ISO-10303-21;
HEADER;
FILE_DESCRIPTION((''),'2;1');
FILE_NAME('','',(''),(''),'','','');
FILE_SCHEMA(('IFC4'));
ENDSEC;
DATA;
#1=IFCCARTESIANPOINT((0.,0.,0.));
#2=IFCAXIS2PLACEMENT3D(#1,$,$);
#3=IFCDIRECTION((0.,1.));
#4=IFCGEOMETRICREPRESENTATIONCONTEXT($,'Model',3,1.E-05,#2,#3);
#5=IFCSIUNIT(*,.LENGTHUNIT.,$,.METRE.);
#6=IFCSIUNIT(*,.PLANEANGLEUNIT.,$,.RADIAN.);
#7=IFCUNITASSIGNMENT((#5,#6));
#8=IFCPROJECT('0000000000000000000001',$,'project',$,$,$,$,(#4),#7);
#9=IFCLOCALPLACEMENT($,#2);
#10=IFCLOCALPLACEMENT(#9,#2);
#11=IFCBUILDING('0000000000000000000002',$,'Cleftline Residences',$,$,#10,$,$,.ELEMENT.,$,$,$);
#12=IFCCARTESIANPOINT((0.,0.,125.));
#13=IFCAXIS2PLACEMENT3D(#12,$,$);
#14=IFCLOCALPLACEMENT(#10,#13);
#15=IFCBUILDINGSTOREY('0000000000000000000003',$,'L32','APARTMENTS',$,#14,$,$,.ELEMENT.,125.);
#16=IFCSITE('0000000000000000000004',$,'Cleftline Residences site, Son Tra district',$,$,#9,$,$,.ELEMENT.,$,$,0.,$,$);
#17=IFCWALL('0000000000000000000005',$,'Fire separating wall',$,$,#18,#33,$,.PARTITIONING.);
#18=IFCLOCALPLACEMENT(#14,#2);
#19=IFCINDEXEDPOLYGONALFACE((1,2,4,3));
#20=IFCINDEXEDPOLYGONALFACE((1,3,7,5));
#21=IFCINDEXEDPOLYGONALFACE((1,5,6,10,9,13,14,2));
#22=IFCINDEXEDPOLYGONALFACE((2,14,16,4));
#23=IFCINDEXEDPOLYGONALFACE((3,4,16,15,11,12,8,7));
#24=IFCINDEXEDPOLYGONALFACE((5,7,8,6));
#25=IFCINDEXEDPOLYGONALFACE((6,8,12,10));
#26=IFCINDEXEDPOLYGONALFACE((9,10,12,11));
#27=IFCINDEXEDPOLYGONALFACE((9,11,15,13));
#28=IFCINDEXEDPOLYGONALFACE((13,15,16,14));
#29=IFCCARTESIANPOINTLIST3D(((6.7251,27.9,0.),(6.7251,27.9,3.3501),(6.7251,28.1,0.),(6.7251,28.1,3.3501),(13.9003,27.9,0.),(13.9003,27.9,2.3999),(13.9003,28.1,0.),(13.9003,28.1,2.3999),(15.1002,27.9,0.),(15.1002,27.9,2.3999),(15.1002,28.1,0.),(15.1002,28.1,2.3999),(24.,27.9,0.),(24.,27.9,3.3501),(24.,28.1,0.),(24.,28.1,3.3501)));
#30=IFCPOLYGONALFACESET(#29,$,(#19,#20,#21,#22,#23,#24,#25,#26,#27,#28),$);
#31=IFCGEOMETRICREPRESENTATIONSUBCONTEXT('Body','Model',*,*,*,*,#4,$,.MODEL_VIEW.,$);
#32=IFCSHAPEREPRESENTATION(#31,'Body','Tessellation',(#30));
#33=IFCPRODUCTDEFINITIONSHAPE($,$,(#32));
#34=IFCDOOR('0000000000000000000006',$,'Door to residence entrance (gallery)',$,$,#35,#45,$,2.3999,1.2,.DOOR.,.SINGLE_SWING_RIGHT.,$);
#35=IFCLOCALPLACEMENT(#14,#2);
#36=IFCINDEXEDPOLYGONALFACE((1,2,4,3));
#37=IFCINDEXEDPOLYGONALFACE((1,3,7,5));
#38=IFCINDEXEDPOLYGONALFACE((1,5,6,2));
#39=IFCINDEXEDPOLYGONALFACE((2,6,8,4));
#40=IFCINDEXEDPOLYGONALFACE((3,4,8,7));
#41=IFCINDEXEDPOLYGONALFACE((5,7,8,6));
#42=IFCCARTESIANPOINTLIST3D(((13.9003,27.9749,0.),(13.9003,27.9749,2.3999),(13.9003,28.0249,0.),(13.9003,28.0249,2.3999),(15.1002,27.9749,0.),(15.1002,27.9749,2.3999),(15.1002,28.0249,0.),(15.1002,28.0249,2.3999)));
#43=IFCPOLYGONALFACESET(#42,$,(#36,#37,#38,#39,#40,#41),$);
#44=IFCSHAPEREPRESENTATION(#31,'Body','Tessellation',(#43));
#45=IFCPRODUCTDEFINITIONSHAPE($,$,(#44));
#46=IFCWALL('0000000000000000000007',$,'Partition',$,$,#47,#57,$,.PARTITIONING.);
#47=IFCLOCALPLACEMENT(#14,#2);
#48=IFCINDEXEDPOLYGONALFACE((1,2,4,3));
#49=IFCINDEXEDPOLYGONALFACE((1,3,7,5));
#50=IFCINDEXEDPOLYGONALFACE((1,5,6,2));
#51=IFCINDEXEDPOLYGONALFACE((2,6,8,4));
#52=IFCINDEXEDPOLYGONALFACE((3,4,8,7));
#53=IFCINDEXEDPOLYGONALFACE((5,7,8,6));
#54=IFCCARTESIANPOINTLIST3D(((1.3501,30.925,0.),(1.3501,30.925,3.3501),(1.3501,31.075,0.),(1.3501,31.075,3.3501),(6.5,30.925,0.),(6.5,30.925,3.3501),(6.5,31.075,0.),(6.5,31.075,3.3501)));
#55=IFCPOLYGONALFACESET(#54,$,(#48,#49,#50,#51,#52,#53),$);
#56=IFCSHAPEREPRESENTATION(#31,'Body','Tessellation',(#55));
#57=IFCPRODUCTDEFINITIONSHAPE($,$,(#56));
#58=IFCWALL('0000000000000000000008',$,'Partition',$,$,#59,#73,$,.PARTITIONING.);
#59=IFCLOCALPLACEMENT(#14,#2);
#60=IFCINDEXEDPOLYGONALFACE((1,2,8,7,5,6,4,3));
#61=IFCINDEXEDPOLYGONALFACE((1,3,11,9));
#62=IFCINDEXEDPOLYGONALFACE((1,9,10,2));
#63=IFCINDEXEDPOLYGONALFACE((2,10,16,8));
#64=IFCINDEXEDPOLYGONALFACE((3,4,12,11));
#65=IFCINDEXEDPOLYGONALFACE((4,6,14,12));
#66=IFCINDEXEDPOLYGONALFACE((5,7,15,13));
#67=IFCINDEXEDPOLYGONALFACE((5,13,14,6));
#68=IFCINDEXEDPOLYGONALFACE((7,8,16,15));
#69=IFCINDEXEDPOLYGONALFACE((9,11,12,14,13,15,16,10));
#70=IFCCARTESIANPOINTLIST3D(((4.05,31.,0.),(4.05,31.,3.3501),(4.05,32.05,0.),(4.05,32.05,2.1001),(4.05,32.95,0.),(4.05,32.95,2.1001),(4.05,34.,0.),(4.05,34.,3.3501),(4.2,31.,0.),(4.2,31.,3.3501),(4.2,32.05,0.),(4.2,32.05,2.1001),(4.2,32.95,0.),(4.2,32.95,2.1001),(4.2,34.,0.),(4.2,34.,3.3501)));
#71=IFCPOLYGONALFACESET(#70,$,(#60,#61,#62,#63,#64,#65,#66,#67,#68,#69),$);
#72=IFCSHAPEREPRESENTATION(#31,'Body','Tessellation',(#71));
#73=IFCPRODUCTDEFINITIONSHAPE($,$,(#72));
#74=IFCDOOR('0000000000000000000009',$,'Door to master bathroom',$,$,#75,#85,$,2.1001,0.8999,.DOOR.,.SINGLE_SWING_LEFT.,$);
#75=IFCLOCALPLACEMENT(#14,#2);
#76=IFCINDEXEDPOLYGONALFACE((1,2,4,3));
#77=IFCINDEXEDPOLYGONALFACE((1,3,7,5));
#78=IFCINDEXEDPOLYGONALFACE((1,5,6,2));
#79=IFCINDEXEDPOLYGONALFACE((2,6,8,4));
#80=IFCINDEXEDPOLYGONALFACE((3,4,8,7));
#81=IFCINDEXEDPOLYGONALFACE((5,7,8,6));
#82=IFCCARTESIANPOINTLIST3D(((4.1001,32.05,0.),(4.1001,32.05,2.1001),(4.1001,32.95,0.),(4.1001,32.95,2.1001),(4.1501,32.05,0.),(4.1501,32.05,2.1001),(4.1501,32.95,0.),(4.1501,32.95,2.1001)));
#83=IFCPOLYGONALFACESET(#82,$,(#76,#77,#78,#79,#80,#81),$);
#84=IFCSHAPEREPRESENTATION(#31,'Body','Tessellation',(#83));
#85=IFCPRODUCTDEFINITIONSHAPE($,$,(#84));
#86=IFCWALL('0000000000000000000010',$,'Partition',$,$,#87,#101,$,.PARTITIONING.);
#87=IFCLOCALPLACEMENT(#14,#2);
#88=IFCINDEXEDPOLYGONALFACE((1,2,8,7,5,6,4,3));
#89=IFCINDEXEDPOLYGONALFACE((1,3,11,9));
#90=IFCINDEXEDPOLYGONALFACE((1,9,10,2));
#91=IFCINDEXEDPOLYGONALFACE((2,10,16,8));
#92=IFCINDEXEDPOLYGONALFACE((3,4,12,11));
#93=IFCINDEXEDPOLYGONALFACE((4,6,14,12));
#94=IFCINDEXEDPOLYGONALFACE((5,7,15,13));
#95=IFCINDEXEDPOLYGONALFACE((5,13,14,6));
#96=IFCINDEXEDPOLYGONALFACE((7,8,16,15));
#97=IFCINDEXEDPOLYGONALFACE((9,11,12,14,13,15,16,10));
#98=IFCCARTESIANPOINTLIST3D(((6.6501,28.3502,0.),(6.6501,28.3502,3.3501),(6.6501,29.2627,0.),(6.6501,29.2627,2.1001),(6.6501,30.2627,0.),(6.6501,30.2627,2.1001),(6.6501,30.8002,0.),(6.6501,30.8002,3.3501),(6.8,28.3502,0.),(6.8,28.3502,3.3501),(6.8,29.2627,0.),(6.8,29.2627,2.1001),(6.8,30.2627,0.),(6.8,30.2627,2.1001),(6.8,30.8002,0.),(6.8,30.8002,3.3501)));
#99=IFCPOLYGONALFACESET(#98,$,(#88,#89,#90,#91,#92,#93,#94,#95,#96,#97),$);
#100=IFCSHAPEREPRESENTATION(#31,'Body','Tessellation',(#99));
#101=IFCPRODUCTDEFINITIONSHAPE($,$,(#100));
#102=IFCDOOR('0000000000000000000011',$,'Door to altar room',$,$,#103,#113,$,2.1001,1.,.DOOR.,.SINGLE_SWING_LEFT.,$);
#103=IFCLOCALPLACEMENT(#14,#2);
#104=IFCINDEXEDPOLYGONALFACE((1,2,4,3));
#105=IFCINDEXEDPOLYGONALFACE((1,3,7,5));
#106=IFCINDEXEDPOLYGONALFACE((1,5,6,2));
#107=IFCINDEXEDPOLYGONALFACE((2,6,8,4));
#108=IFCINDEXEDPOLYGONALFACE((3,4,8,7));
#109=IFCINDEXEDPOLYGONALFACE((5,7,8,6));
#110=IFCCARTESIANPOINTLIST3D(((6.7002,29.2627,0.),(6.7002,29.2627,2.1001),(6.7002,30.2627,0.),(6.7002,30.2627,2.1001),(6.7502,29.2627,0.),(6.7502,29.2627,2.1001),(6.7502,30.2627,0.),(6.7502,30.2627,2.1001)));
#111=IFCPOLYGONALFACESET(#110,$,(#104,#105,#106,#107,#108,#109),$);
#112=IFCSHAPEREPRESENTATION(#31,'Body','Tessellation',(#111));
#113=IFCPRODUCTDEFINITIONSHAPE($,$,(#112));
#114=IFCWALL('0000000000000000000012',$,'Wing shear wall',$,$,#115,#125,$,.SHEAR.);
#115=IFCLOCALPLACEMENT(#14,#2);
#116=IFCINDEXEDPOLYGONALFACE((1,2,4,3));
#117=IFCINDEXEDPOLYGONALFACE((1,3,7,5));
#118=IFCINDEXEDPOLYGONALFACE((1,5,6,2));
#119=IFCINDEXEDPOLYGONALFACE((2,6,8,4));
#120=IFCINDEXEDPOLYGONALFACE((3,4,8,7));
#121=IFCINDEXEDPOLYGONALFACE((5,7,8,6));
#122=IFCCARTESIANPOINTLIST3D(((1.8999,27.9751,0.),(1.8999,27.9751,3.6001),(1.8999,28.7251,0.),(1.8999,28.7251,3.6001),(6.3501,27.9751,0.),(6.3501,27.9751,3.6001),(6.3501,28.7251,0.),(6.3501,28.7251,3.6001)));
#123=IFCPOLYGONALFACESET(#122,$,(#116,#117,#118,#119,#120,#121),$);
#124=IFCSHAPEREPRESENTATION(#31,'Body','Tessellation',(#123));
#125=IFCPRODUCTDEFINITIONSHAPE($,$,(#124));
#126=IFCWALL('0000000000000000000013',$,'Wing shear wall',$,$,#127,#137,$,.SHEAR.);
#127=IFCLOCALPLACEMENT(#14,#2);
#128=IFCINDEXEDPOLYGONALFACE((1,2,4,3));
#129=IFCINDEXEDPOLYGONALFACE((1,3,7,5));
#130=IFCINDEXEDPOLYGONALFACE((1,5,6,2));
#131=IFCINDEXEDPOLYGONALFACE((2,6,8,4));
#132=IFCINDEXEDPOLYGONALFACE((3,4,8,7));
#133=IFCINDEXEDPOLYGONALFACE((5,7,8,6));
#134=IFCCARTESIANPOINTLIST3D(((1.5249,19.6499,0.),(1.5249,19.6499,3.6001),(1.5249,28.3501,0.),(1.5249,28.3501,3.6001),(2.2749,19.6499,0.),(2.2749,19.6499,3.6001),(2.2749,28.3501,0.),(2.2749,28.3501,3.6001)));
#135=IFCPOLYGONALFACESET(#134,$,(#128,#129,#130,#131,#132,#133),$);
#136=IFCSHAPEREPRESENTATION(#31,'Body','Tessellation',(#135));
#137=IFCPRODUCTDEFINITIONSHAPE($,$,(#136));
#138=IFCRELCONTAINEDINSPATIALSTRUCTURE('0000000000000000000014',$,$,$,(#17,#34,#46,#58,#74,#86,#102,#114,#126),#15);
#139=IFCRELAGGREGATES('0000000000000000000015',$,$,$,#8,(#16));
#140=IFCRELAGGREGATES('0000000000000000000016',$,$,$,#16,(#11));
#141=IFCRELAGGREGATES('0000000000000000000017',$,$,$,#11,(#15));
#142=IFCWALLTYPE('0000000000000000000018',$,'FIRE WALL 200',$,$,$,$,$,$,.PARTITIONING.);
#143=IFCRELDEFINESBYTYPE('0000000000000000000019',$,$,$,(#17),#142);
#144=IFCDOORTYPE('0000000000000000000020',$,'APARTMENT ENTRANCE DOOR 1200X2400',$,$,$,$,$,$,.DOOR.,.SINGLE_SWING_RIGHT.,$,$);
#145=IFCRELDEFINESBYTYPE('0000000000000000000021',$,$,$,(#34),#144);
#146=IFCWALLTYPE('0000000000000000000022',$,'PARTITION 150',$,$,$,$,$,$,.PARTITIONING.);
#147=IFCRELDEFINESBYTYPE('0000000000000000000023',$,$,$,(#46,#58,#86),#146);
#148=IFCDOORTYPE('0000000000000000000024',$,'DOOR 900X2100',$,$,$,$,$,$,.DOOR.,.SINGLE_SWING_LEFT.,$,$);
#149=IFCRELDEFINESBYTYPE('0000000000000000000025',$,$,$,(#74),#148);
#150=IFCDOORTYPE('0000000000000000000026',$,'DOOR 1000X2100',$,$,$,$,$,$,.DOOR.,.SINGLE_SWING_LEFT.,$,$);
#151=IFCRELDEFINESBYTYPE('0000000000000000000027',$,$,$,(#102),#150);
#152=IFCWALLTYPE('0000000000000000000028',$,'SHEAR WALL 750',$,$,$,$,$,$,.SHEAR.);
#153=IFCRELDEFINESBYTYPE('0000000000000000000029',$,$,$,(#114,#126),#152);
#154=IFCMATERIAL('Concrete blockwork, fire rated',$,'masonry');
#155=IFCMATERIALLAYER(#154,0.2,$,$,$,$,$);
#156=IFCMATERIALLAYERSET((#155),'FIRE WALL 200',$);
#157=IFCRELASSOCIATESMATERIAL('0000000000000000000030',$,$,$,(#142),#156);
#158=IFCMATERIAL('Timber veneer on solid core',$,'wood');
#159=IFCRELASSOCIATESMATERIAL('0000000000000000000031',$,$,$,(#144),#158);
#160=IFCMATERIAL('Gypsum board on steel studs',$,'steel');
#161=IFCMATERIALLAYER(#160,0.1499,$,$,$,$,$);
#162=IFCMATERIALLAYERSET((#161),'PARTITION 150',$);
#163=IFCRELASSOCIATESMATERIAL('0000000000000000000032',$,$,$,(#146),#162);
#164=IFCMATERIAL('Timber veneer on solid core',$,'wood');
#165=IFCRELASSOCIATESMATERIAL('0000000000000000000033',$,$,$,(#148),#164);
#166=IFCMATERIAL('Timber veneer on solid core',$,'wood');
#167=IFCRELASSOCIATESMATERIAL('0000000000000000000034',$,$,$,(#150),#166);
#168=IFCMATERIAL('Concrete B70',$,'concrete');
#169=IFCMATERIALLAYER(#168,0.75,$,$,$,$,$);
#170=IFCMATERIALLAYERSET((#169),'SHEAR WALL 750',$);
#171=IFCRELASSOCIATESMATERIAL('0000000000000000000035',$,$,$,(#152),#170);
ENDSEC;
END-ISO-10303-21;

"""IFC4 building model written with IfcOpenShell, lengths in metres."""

from ifc_helpers import new_model, si_unit, direction, frame, frame_2d, origin, place, context, subcontext, project, spatial, rectangle, extrude, material, layer, layer_set, type_object, element, fill, save


model = new_model("IFC4")

# Units and contexts
model_context = context("Model", 3, precision=1e-05, world=origin(), true_north=direction((0.0, 1.0)))
body_context = subcontext(model_context, "Body", "Model", "MODEL_VIEW")
ifc_project = project(units=[si_unit("LENGTHUNIT", "METRE"), si_unit("PLANEANGLEUNIT", "RADIAN")], contexts=[model_context])

# Site, building, storey
site_placement = place(None, origin())
site = spatial("IfcSite", under=ifc_project, at=site_placement, Name="Cleftline Residences site, Son Tra district", CompositionType="ELEMENT", RefElevation=0.0)
building_placement = place(site_placement, origin())
building = spatial("IfcBuilding", under=site, at=building_placement, Name="Cleftline Residences", CompositionType="ELEMENT")
storey_placement = place(building_placement, frame((0.0, 0.0, 125.0)))
storey = spatial("IfcBuildingStorey", under=building, at=storey_placement, Name="L32", Description="APARTMENTS", CompositionType="ELEMENT", Elevation=125.0)

# Shared definitions
ifc_material_1 = material(Name="Concrete blockwork, fire rated", Category="masonry")
ifc_layer_1 = layer(ifc_material_1, 0.2)
ifc_layer_set_1 = layer_set([ifc_layer_1], Name="FIRE WALL 200")
wall_type_1 = type_object("IfcWallType", Name="FIRE WALL 200", PredefinedType="PARTITIONING", material=ifc_layer_set_1)

# Wall, opening, door
wall_1_placement = place(storey_placement, frame((6.7251, 28.0, 0.0), z_axis=(0.0, 0.0, 1.0), x_axis=(1.0, 0.0, 0.0)))
wall_1 = element("IfcWall", 1, at=wall_1_placement, inside=storey, type_object=wall_type_1, Name="Fire separating wall", PredefinedType="PARTITIONING", context=body_context, shape_type="SweptSolid", body=[
    extrude(rectangle(XDim=17.2749, YDim=0.2, at=frame_2d((8.6375, 0.0))), origin(), (0.0, 0.0, 1.0), 3.3501),
])
opening_1_placement = place(wall_1_placement, frame((7.175, 0.0, 0.0)))
opening_1 = element("IfcOpeningElement", 2, at=opening_1_placement, cuts=wall_1, PredefinedType="OPENING", context=body_context, shape_type="SweptSolid", body=[
    extrude(rectangle(XDim=1.2, YDim=2.3999, at=frame_2d((0.6001, 1.2))), frame((0.0, 0.1099, 0.0), z_axis=(0.0, -1.0, 0.0), x_axis=(1.0, 0.0, 0.0)), (0.0, 0.0, 1.0), 0.22),
])
ifc_material_2 = material(Name="Timber veneer on solid core", Category="wood")
door_type_1 = type_object("IfcDoorType", Name="APARTMENT ENTRANCE DOOR 1200X2400", OperationType="SINGLE_SWING_RIGHT", PredefinedType="DOOR", material=ifc_material_2)
door_1_placement = place(opening_1_placement, origin())
door_1 = element("IfcDoor", 3, at=door_1_placement, inside=storey, type_object=door_type_1, Name="Door to residence entrance (gallery)", OperationType="SINGLE_SWING_RIGHT", OverallHeight=2.3999, OverallWidth=1.2, PredefinedType="DOOR", context=body_context, shape_type="SweptSolid", body=[
    extrude(rectangle(XDim=1.2, YDim=2.3999, at=frame_2d((0.6001, 1.2))), frame((0.0, 0.0249, 0.0), z_axis=(0.0, -1.0, 0.0), x_axis=(1.0, 0.0, 0.0)), (0.0, 0.0, 1.0), 0.05),
])
fill(opening_1, door_1)

# Wall
ifc_material_3 = material(Name="Gypsum board on steel studs", Category="steel")
ifc_layer_2 = layer(ifc_material_3, 0.1499)
ifc_layer_set_2 = layer_set([ifc_layer_2], Name="PARTITION 150")
wall_type_2 = type_object("IfcWallType", Name="PARTITION 150", PredefinedType="PARTITIONING", material=ifc_layer_set_2)
wall_2_placement = place(storey_placement, frame((1.3501, 31.0, 0.0), z_axis=(0.0, 0.0, 1.0), x_axis=(1.0, 0.0, 0.0)))
element("IfcWall", 4, at=wall_2_placement, inside=storey, type_object=wall_type_2, Name="Partition", PredefinedType="PARTITIONING", context=body_context, shape_type="SweptSolid", body=[
    extrude(rectangle(XDim=5.1499, YDim=0.1499, at=frame_2d((2.575, 0.0))), origin(), (0.0, 0.0, 1.0), 3.3501),
])

# Walls, openings, doors
wall_3_placement = place(storey_placement, frame((4.125, 31.0, 0.0), z_axis=(0.0, 0.0, 1.0), x_axis=(0.0, 1.0, 0.0)))
wall_3 = element("IfcWall", 5, at=wall_3_placement, inside=storey, type_object=wall_type_2, Name="Partition", PredefinedType="PARTITIONING", context=body_context, shape_type="SweptSolid", body=[
    extrude(rectangle(XDim=3.0, YDim=0.1499, at=frame_2d((1.5, 0.0))), origin(), (0.0, 0.0, 1.0), 3.3501),
])
opening_2_placement = place(wall_3_placement, frame((1.05, 0.0, 0.0)))
opening_2 = element("IfcOpeningElement", 6, at=opening_2_placement, cuts=wall_3, PredefinedType="OPENING", context=body_context, shape_type="SweptSolid", body=[
    extrude(rectangle(XDim=0.8999, YDim=2.1001, at=frame_2d((0.45, 1.05))), frame((0.0, 0.085, 0.0), z_axis=(0.0, -1.0, 0.0), x_axis=(1.0, 0.0, 0.0)), (0.0, 0.0, 1.0), 0.1699),
])
ifc_material_4 = material(Name="Timber veneer on solid core", Category="wood")
door_type_2 = type_object("IfcDoorType", Name="DOOR 900X2100", OperationType="SINGLE_SWING_LEFT", PredefinedType="DOOR", material=ifc_material_4)
door_2_placement = place(opening_2_placement, origin())
door_2 = element("IfcDoor", 7, at=door_2_placement, inside=storey, type_object=door_type_2, Name="Door to master bathroom", OperationType="SINGLE_SWING_LEFT", OverallHeight=2.1001, OverallWidth=0.8999, PredefinedType="DOOR", context=body_context, shape_type="SweptSolid", body=[
    extrude(rectangle(XDim=0.8999, YDim=2.1001, at=frame_2d((0.45, 1.05))), frame((0.0, 0.0249, 0.0), z_axis=(0.0, -1.0, 0.0), x_axis=(1.0, 0.0, 0.0)), (0.0, 0.0, 1.0), 0.05),
])
fill(opening_2, door_2)
wall_4_placement = place(storey_placement, frame((6.7251, 28.3501, 0.0), z_axis=(0.0, 0.0, 1.0), x_axis=(0.0, 1.0, 0.0)))
wall_4 = element("IfcWall", 8, at=wall_4_placement, inside=storey, type_object=wall_type_2, Name="Partition", PredefinedType="PARTITIONING", context=body_context, shape_type="SweptSolid", body=[
    extrude(rectangle(XDim=2.45, YDim=0.1499, at=frame_2d((1.2251, 0.0))), origin(), (0.0, 0.0, 1.0), 3.3501),
])
opening_3_placement = place(wall_4_placement, frame((0.9126, 0.0, 0.0)))
opening_3 = element("IfcOpeningElement", 9, at=opening_3_placement, cuts=wall_4, PredefinedType="OPENING", context=body_context, shape_type="SweptSolid", body=[
    extrude(rectangle(XDim=1.0, YDim=2.1001, at=frame_2d((0.5, 1.05))), frame((0.0, 0.085, 0.0), z_axis=(0.0, -1.0, 0.0), x_axis=(1.0, 0.0, 0.0)), (0.0, 0.0, 1.0), 0.1699),
])
ifc_material_5 = material(Name="Timber veneer on solid core", Category="wood")
door_type_3 = type_object("IfcDoorType", Name="DOOR 1000X2100", OperationType="SINGLE_SWING_LEFT", PredefinedType="DOOR", material=ifc_material_5)
door_3_placement = place(opening_3_placement, origin())
door_3 = element("IfcDoor", 10, at=door_3_placement, inside=storey, type_object=door_type_3, Name="Door to altar room", OperationType="SINGLE_SWING_LEFT", OverallHeight=2.1001, OverallWidth=1.0, PredefinedType="DOOR", context=body_context, shape_type="SweptSolid", body=[
    extrude(rectangle(XDim=1.0, YDim=2.1001, at=frame_2d((0.5, 1.05))), frame((0.0, 0.0249, 0.0), z_axis=(0.0, -1.0, 0.0), x_axis=(1.0, 0.0, 0.0)), (0.0, 0.0, 1.0), 0.05),
])
fill(opening_3, door_3)

# Walls
ifc_material_6 = material(Name="Concrete B70", Category="concrete")
ifc_layer_3 = layer(ifc_material_6, 0.75)
ifc_layer_set_3 = layer_set([ifc_layer_3], Name="SHEAR WALL 750")
wall_type_3 = type_object("IfcWallType", Name="SHEAR WALL 750", PredefinedType="SHEAR", material=ifc_layer_set_3)
wall_5_placement = place(storey_placement, frame((6.3501, 28.3501, 0.0), z_axis=(0.0, 0.0, 1.0), x_axis=(-1.0, 0.0, 0.0)))
element("IfcWall", 11, at=wall_5_placement, inside=storey, type_object=wall_type_3, Name="Wing shear wall", PredefinedType="SHEAR", context=body_context, shape_type="SweptSolid", body=[
    extrude(rectangle(XDim=4.4502, YDim=0.75, at=frame_2d((2.2251, 0.0))), origin(), (0.0, 0.0, 1.0), 3.6001),
])
wall_6_placement = place(storey_placement, frame((1.8999, 28.3501, 0.0), z_axis=(0.0, 0.0, 1.0), x_axis=(0.0, -1.0, 0.0)))
element("IfcWall", 12, at=wall_6_placement, inside=storey, type_object=wall_type_3, Name="Wing shear wall", PredefinedType="SHEAR", context=body_context, shape_type="SweptSolid", body=[
    extrude(rectangle(XDim=8.7002, YDim=0.75, at=frame_2d((4.3501, 0.0))), origin(), (0.0, 0.0, 1.0), 3.6001),
])

save(model, "model.ifc")
